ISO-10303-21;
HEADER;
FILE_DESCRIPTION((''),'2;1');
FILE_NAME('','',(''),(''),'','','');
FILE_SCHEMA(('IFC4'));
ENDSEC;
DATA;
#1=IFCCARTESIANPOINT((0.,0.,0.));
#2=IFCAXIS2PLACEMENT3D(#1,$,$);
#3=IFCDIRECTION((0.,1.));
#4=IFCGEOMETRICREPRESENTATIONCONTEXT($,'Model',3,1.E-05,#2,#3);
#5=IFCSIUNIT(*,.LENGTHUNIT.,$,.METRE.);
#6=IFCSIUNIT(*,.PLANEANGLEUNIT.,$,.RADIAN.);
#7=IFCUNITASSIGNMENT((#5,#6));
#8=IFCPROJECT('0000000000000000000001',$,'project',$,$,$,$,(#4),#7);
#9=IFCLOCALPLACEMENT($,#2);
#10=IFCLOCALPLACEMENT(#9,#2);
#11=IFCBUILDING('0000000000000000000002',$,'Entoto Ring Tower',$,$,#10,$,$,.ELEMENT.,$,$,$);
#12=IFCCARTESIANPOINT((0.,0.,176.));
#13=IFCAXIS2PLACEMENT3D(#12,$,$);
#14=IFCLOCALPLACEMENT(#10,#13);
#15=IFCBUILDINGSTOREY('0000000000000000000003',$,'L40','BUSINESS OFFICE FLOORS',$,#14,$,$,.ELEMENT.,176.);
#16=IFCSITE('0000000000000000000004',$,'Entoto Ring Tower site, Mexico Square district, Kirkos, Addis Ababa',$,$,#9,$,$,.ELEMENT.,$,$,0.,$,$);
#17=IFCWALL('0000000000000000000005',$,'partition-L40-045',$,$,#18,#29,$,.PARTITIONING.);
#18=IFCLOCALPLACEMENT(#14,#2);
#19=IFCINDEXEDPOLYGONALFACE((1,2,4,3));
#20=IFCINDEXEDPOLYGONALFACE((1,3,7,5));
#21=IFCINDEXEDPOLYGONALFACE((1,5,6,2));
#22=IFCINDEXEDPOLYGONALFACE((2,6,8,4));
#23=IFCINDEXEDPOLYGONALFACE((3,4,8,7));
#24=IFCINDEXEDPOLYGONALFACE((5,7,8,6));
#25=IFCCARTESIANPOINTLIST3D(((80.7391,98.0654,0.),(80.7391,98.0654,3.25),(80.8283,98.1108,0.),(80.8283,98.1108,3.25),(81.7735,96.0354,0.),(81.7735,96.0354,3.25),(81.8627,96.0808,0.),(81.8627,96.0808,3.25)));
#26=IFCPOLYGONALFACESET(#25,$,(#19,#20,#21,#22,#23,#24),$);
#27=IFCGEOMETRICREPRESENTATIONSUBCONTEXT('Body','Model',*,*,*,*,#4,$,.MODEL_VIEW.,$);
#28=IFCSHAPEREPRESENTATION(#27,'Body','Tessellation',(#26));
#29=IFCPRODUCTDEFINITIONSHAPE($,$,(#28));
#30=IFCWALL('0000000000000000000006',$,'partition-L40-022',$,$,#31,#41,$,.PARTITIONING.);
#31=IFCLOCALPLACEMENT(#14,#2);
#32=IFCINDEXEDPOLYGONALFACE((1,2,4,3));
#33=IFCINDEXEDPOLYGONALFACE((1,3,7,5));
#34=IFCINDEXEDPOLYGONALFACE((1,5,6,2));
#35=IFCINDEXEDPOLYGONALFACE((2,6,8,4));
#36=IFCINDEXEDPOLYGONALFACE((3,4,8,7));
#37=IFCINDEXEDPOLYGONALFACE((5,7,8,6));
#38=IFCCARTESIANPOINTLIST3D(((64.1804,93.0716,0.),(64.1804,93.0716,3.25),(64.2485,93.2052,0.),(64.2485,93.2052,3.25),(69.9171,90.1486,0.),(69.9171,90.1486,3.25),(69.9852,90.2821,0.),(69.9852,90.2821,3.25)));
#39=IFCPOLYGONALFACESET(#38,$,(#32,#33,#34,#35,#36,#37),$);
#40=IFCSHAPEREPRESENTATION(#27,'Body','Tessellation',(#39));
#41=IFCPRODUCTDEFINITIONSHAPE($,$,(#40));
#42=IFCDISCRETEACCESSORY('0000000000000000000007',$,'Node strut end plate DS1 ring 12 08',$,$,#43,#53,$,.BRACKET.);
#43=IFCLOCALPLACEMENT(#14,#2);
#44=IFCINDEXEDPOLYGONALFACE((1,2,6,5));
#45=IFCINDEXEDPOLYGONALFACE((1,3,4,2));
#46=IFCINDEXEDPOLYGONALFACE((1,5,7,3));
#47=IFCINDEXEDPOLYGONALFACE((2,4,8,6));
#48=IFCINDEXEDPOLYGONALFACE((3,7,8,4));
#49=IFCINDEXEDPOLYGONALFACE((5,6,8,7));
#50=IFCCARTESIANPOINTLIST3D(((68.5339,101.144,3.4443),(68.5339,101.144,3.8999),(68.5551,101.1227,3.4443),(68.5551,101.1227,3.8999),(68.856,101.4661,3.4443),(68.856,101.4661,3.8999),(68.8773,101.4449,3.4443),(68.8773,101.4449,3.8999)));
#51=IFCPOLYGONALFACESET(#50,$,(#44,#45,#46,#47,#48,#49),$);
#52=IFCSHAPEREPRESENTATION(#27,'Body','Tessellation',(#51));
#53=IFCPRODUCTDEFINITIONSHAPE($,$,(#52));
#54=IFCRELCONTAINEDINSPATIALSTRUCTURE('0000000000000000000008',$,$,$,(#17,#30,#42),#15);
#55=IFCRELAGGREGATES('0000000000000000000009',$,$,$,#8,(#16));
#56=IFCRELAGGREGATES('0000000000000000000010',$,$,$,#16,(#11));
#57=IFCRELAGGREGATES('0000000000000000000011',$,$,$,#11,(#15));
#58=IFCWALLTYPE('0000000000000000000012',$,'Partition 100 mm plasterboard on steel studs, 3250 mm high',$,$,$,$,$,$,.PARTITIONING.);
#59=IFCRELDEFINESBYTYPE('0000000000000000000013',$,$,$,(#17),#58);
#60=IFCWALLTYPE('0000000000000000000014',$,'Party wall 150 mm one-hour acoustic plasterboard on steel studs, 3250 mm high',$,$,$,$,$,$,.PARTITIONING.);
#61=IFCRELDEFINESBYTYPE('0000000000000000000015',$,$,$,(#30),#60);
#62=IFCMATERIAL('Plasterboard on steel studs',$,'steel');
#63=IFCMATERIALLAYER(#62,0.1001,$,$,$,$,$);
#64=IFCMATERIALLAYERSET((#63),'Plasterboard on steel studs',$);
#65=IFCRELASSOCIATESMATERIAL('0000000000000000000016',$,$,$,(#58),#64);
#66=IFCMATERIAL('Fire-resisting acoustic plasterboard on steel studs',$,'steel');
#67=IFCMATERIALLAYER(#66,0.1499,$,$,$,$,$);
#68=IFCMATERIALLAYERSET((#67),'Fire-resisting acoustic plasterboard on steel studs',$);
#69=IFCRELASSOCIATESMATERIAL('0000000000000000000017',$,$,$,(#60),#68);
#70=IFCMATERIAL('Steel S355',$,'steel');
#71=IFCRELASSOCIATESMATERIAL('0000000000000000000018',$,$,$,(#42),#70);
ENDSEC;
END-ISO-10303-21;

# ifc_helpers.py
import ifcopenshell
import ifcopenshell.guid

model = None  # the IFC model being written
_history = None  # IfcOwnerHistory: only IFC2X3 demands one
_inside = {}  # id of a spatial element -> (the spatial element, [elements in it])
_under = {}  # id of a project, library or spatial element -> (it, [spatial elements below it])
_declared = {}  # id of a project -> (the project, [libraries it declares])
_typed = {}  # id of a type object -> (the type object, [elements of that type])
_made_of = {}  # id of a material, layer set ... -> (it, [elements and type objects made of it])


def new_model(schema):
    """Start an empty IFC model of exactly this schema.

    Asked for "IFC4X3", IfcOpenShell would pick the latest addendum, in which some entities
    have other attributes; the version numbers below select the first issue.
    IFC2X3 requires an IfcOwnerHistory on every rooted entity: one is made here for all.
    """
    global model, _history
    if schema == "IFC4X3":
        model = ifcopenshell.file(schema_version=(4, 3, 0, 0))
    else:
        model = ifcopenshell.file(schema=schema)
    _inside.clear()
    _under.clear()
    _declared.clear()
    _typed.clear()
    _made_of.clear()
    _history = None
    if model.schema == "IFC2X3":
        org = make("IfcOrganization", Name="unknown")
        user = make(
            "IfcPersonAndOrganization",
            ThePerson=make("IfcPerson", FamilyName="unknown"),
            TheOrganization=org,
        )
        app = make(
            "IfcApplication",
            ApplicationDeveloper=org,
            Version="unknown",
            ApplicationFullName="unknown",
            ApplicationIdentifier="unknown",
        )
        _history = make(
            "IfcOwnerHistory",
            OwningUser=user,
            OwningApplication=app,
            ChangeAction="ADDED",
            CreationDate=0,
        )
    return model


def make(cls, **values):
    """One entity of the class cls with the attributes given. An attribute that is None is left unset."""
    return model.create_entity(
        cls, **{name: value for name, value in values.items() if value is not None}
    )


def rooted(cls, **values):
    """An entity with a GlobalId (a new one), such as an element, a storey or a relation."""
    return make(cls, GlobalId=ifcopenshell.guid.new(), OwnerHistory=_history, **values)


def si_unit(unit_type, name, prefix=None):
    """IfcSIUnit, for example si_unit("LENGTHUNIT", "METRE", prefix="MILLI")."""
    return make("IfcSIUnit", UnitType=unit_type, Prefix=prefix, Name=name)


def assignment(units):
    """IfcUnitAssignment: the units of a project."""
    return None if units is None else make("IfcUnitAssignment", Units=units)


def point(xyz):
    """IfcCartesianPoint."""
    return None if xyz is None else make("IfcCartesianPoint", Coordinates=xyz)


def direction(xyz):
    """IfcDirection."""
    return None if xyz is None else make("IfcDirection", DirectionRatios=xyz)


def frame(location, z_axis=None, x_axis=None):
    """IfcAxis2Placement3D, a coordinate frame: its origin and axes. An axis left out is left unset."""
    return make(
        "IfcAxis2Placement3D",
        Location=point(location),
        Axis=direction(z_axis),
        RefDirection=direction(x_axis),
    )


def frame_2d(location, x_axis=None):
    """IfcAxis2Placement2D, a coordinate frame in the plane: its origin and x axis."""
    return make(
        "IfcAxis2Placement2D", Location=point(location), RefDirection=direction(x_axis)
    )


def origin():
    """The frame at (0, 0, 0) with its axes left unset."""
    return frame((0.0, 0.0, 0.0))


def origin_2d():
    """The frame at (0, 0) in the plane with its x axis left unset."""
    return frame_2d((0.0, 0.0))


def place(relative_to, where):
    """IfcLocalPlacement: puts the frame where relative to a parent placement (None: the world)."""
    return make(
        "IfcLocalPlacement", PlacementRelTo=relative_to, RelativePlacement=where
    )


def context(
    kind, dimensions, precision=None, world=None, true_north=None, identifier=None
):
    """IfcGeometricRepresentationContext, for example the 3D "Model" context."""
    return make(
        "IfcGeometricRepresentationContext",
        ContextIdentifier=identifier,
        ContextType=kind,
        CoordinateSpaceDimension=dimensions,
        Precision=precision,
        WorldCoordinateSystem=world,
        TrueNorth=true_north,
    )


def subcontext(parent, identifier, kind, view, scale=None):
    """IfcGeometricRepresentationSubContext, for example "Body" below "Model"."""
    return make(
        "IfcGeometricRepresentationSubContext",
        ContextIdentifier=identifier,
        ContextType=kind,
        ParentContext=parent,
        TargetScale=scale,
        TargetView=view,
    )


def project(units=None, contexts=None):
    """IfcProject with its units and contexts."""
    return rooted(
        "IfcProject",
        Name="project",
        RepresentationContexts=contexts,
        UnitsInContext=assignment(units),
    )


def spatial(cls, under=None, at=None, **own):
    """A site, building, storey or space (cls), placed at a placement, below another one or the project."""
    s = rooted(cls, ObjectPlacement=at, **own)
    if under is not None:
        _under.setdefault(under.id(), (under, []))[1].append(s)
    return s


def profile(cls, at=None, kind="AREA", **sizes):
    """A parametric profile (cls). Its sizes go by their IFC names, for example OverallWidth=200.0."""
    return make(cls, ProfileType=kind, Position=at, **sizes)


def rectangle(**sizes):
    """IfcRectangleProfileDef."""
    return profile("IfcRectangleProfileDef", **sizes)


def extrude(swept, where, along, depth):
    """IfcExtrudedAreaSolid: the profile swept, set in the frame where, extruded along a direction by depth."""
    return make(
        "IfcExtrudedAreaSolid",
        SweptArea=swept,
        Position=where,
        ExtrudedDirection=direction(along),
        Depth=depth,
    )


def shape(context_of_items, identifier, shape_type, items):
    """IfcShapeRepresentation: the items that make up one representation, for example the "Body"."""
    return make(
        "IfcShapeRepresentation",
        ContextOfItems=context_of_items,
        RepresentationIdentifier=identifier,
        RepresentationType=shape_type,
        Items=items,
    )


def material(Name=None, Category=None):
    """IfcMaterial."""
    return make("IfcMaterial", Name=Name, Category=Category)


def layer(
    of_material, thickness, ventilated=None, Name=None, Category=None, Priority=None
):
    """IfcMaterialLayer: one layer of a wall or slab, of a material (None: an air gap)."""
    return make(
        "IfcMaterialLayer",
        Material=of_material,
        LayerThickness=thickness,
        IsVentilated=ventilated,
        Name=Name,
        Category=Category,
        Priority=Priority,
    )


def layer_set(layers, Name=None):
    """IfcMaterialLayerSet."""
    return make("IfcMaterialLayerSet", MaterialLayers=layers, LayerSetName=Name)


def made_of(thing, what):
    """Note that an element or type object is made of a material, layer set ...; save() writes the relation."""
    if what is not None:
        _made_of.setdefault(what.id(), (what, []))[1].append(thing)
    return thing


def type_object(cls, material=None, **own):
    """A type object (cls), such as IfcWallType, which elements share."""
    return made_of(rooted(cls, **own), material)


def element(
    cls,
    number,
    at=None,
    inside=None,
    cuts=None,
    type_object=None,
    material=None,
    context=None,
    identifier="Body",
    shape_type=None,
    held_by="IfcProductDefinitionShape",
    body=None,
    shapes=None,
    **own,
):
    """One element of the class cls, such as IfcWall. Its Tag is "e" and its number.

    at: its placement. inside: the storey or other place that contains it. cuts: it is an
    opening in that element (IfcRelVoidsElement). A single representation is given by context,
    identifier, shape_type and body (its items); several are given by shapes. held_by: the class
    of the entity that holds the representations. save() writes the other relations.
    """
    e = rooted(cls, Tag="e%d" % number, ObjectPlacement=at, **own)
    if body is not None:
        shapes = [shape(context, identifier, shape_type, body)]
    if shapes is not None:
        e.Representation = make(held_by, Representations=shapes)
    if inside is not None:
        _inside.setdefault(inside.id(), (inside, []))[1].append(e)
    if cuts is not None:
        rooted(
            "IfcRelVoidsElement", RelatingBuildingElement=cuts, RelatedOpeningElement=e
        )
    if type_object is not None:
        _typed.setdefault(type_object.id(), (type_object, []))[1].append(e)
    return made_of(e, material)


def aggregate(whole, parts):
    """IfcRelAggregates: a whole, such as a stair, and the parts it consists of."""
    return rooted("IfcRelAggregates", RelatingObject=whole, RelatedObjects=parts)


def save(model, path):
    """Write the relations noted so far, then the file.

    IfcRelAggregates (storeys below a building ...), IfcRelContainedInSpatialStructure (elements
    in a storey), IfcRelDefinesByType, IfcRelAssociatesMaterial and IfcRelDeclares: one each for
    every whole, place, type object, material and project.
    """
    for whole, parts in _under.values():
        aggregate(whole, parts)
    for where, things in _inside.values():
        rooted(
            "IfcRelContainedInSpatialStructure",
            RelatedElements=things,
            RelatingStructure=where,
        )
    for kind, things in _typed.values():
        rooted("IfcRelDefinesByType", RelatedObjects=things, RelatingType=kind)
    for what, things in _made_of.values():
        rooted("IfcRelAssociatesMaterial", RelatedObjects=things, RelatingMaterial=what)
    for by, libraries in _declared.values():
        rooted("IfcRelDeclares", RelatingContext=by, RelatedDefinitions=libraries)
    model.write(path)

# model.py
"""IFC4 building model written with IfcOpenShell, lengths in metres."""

from ifc_helpers import new_model, si_unit, direction, frame, frame_2d, origin, origin_2d, place, context, subcontext, project, spatial, rectangle, extrude, material, layer, layer_set, type_object, element, save


model = new_model("IFC4")

# Units and contexts
model_context = context("Model", 3, precision=1e-05, world=origin(), true_north=direction((0.0, 1.0)))
body_context = subcontext(model_context, "Body", "Model", "MODEL_VIEW")
ifc_project = project(units=[si_unit("LENGTHUNIT", "METRE"), si_unit("PLANEANGLEUNIT", "RADIAN")], contexts=[model_context])

# Site, building, storey
site_placement = place(None, origin())
site = spatial("IfcSite", under=ifc_project, at=site_placement, Name="Entoto Ring Tower site, Mexico Square district, Kirkos, Addis Ababa", CompositionType="ELEMENT", RefElevation=0.0)
building_placement = place(site_placement, origin())
building = spatial("IfcBuilding", under=site, at=building_placement, Name="Entoto Ring Tower", CompositionType="ELEMENT")
storey_placement = place(building_placement, frame((0.0, 0.0, 176.0)))
storey = spatial("IfcBuildingStorey", under=building, at=storey_placement, Name="L40", Description="BUSINESS OFFICE FLOORS", CompositionType="ELEMENT", Elevation=176.0)

# Walls
ifc_material_1 = material(Name="Plasterboard on steel studs", Category="steel")
ifc_layer_1 = layer(ifc_material_1, 0.1001)
ifc_layer_set_1 = layer_set([ifc_layer_1], Name="Plasterboard on steel studs")
wall_type_1 = type_object("IfcWallType", Name="Partition 100 mm plasterboard on steel studs, 3250 mm high", PredefinedType="PARTITIONING", material=ifc_layer_set_1)
wall_1_placement = place(storey_placement, frame((81.8181, 96.0581, 0.0), z_axis=(0.0, 0.0, 1.0), x_axis=(-0.454016, 0.890994, 0.0)))
element("IfcWall", 1, at=wall_1_placement, inside=storey, type_object=wall_type_1, Name="partition-L40-045", PredefinedType="PARTITIONING", context=body_context, shape_type="SweptSolid", body=[
    extrude(rectangle(XDim=2.2783, YDim=0.1001, at=frame_2d((1.1392, 0.0))), origin(), (0.0, 0.0, 1.0), 3.25),
])
ifc_material_2 = material(Name="Fire-resisting acoustic plasterboard on steel studs", Category="steel")
ifc_layer_2 = layer(ifc_material_2, 0.1499)
ifc_layer_set_2 = layer_set([ifc_layer_2], Name="Fire-resisting acoustic plasterboard on steel studs")
wall_type_2 = type_object("IfcWallType", Name="Party wall 150 mm one-hour acoustic plasterboard on steel studs, 3250 mm high", PredefinedType="PARTITIONING", material=ifc_layer_set_2)
wall_2_placement = place(storey_placement, frame((69.9512, 90.2153, 0.0), z_axis=(0.0, 0.0, 1.0), x_axis=(-0.891004, 0.453996, 0.0)))
element("IfcWall", 2, at=wall_2_placement, inside=storey, type_object=wall_type_2, Name="partition-L40-022", PredefinedType="PARTITIONING", context=body_context, shape_type="SweptSolid", body=[
    extrude(rectangle(XDim=6.4385, YDim=0.1499, at=frame_2d((3.2192, 0.0))), origin(), (0.0, 0.0, 1.0), 3.25),
])

# Discrete accessory
ifc_material_3 = material(Name="Steel S355", Category="steel")
discrete_accessory_placement = place(storey_placement, frame((68.7056, 101.2944, 3.4443), z_axis=(0.0, 0.0, 1.0), x_axis=(-0.707107, 0.707107, 0.0)))
element("IfcDiscreteAccessory", 3, at=discrete_accessory_placement, inside=storey, material=ifc_material_3, Name="Node strut end plate DS1 ring 12 08", PredefinedType="BRACKET", context=body_context, shape_type="SweptSolid", body=[
    extrude(rectangle(XDim=0.03, YDim=0.4556, at=origin_2d()), origin(), (0.0, 0.0, 1.0), 0.4556),
])

save(model, "model.ifc")
